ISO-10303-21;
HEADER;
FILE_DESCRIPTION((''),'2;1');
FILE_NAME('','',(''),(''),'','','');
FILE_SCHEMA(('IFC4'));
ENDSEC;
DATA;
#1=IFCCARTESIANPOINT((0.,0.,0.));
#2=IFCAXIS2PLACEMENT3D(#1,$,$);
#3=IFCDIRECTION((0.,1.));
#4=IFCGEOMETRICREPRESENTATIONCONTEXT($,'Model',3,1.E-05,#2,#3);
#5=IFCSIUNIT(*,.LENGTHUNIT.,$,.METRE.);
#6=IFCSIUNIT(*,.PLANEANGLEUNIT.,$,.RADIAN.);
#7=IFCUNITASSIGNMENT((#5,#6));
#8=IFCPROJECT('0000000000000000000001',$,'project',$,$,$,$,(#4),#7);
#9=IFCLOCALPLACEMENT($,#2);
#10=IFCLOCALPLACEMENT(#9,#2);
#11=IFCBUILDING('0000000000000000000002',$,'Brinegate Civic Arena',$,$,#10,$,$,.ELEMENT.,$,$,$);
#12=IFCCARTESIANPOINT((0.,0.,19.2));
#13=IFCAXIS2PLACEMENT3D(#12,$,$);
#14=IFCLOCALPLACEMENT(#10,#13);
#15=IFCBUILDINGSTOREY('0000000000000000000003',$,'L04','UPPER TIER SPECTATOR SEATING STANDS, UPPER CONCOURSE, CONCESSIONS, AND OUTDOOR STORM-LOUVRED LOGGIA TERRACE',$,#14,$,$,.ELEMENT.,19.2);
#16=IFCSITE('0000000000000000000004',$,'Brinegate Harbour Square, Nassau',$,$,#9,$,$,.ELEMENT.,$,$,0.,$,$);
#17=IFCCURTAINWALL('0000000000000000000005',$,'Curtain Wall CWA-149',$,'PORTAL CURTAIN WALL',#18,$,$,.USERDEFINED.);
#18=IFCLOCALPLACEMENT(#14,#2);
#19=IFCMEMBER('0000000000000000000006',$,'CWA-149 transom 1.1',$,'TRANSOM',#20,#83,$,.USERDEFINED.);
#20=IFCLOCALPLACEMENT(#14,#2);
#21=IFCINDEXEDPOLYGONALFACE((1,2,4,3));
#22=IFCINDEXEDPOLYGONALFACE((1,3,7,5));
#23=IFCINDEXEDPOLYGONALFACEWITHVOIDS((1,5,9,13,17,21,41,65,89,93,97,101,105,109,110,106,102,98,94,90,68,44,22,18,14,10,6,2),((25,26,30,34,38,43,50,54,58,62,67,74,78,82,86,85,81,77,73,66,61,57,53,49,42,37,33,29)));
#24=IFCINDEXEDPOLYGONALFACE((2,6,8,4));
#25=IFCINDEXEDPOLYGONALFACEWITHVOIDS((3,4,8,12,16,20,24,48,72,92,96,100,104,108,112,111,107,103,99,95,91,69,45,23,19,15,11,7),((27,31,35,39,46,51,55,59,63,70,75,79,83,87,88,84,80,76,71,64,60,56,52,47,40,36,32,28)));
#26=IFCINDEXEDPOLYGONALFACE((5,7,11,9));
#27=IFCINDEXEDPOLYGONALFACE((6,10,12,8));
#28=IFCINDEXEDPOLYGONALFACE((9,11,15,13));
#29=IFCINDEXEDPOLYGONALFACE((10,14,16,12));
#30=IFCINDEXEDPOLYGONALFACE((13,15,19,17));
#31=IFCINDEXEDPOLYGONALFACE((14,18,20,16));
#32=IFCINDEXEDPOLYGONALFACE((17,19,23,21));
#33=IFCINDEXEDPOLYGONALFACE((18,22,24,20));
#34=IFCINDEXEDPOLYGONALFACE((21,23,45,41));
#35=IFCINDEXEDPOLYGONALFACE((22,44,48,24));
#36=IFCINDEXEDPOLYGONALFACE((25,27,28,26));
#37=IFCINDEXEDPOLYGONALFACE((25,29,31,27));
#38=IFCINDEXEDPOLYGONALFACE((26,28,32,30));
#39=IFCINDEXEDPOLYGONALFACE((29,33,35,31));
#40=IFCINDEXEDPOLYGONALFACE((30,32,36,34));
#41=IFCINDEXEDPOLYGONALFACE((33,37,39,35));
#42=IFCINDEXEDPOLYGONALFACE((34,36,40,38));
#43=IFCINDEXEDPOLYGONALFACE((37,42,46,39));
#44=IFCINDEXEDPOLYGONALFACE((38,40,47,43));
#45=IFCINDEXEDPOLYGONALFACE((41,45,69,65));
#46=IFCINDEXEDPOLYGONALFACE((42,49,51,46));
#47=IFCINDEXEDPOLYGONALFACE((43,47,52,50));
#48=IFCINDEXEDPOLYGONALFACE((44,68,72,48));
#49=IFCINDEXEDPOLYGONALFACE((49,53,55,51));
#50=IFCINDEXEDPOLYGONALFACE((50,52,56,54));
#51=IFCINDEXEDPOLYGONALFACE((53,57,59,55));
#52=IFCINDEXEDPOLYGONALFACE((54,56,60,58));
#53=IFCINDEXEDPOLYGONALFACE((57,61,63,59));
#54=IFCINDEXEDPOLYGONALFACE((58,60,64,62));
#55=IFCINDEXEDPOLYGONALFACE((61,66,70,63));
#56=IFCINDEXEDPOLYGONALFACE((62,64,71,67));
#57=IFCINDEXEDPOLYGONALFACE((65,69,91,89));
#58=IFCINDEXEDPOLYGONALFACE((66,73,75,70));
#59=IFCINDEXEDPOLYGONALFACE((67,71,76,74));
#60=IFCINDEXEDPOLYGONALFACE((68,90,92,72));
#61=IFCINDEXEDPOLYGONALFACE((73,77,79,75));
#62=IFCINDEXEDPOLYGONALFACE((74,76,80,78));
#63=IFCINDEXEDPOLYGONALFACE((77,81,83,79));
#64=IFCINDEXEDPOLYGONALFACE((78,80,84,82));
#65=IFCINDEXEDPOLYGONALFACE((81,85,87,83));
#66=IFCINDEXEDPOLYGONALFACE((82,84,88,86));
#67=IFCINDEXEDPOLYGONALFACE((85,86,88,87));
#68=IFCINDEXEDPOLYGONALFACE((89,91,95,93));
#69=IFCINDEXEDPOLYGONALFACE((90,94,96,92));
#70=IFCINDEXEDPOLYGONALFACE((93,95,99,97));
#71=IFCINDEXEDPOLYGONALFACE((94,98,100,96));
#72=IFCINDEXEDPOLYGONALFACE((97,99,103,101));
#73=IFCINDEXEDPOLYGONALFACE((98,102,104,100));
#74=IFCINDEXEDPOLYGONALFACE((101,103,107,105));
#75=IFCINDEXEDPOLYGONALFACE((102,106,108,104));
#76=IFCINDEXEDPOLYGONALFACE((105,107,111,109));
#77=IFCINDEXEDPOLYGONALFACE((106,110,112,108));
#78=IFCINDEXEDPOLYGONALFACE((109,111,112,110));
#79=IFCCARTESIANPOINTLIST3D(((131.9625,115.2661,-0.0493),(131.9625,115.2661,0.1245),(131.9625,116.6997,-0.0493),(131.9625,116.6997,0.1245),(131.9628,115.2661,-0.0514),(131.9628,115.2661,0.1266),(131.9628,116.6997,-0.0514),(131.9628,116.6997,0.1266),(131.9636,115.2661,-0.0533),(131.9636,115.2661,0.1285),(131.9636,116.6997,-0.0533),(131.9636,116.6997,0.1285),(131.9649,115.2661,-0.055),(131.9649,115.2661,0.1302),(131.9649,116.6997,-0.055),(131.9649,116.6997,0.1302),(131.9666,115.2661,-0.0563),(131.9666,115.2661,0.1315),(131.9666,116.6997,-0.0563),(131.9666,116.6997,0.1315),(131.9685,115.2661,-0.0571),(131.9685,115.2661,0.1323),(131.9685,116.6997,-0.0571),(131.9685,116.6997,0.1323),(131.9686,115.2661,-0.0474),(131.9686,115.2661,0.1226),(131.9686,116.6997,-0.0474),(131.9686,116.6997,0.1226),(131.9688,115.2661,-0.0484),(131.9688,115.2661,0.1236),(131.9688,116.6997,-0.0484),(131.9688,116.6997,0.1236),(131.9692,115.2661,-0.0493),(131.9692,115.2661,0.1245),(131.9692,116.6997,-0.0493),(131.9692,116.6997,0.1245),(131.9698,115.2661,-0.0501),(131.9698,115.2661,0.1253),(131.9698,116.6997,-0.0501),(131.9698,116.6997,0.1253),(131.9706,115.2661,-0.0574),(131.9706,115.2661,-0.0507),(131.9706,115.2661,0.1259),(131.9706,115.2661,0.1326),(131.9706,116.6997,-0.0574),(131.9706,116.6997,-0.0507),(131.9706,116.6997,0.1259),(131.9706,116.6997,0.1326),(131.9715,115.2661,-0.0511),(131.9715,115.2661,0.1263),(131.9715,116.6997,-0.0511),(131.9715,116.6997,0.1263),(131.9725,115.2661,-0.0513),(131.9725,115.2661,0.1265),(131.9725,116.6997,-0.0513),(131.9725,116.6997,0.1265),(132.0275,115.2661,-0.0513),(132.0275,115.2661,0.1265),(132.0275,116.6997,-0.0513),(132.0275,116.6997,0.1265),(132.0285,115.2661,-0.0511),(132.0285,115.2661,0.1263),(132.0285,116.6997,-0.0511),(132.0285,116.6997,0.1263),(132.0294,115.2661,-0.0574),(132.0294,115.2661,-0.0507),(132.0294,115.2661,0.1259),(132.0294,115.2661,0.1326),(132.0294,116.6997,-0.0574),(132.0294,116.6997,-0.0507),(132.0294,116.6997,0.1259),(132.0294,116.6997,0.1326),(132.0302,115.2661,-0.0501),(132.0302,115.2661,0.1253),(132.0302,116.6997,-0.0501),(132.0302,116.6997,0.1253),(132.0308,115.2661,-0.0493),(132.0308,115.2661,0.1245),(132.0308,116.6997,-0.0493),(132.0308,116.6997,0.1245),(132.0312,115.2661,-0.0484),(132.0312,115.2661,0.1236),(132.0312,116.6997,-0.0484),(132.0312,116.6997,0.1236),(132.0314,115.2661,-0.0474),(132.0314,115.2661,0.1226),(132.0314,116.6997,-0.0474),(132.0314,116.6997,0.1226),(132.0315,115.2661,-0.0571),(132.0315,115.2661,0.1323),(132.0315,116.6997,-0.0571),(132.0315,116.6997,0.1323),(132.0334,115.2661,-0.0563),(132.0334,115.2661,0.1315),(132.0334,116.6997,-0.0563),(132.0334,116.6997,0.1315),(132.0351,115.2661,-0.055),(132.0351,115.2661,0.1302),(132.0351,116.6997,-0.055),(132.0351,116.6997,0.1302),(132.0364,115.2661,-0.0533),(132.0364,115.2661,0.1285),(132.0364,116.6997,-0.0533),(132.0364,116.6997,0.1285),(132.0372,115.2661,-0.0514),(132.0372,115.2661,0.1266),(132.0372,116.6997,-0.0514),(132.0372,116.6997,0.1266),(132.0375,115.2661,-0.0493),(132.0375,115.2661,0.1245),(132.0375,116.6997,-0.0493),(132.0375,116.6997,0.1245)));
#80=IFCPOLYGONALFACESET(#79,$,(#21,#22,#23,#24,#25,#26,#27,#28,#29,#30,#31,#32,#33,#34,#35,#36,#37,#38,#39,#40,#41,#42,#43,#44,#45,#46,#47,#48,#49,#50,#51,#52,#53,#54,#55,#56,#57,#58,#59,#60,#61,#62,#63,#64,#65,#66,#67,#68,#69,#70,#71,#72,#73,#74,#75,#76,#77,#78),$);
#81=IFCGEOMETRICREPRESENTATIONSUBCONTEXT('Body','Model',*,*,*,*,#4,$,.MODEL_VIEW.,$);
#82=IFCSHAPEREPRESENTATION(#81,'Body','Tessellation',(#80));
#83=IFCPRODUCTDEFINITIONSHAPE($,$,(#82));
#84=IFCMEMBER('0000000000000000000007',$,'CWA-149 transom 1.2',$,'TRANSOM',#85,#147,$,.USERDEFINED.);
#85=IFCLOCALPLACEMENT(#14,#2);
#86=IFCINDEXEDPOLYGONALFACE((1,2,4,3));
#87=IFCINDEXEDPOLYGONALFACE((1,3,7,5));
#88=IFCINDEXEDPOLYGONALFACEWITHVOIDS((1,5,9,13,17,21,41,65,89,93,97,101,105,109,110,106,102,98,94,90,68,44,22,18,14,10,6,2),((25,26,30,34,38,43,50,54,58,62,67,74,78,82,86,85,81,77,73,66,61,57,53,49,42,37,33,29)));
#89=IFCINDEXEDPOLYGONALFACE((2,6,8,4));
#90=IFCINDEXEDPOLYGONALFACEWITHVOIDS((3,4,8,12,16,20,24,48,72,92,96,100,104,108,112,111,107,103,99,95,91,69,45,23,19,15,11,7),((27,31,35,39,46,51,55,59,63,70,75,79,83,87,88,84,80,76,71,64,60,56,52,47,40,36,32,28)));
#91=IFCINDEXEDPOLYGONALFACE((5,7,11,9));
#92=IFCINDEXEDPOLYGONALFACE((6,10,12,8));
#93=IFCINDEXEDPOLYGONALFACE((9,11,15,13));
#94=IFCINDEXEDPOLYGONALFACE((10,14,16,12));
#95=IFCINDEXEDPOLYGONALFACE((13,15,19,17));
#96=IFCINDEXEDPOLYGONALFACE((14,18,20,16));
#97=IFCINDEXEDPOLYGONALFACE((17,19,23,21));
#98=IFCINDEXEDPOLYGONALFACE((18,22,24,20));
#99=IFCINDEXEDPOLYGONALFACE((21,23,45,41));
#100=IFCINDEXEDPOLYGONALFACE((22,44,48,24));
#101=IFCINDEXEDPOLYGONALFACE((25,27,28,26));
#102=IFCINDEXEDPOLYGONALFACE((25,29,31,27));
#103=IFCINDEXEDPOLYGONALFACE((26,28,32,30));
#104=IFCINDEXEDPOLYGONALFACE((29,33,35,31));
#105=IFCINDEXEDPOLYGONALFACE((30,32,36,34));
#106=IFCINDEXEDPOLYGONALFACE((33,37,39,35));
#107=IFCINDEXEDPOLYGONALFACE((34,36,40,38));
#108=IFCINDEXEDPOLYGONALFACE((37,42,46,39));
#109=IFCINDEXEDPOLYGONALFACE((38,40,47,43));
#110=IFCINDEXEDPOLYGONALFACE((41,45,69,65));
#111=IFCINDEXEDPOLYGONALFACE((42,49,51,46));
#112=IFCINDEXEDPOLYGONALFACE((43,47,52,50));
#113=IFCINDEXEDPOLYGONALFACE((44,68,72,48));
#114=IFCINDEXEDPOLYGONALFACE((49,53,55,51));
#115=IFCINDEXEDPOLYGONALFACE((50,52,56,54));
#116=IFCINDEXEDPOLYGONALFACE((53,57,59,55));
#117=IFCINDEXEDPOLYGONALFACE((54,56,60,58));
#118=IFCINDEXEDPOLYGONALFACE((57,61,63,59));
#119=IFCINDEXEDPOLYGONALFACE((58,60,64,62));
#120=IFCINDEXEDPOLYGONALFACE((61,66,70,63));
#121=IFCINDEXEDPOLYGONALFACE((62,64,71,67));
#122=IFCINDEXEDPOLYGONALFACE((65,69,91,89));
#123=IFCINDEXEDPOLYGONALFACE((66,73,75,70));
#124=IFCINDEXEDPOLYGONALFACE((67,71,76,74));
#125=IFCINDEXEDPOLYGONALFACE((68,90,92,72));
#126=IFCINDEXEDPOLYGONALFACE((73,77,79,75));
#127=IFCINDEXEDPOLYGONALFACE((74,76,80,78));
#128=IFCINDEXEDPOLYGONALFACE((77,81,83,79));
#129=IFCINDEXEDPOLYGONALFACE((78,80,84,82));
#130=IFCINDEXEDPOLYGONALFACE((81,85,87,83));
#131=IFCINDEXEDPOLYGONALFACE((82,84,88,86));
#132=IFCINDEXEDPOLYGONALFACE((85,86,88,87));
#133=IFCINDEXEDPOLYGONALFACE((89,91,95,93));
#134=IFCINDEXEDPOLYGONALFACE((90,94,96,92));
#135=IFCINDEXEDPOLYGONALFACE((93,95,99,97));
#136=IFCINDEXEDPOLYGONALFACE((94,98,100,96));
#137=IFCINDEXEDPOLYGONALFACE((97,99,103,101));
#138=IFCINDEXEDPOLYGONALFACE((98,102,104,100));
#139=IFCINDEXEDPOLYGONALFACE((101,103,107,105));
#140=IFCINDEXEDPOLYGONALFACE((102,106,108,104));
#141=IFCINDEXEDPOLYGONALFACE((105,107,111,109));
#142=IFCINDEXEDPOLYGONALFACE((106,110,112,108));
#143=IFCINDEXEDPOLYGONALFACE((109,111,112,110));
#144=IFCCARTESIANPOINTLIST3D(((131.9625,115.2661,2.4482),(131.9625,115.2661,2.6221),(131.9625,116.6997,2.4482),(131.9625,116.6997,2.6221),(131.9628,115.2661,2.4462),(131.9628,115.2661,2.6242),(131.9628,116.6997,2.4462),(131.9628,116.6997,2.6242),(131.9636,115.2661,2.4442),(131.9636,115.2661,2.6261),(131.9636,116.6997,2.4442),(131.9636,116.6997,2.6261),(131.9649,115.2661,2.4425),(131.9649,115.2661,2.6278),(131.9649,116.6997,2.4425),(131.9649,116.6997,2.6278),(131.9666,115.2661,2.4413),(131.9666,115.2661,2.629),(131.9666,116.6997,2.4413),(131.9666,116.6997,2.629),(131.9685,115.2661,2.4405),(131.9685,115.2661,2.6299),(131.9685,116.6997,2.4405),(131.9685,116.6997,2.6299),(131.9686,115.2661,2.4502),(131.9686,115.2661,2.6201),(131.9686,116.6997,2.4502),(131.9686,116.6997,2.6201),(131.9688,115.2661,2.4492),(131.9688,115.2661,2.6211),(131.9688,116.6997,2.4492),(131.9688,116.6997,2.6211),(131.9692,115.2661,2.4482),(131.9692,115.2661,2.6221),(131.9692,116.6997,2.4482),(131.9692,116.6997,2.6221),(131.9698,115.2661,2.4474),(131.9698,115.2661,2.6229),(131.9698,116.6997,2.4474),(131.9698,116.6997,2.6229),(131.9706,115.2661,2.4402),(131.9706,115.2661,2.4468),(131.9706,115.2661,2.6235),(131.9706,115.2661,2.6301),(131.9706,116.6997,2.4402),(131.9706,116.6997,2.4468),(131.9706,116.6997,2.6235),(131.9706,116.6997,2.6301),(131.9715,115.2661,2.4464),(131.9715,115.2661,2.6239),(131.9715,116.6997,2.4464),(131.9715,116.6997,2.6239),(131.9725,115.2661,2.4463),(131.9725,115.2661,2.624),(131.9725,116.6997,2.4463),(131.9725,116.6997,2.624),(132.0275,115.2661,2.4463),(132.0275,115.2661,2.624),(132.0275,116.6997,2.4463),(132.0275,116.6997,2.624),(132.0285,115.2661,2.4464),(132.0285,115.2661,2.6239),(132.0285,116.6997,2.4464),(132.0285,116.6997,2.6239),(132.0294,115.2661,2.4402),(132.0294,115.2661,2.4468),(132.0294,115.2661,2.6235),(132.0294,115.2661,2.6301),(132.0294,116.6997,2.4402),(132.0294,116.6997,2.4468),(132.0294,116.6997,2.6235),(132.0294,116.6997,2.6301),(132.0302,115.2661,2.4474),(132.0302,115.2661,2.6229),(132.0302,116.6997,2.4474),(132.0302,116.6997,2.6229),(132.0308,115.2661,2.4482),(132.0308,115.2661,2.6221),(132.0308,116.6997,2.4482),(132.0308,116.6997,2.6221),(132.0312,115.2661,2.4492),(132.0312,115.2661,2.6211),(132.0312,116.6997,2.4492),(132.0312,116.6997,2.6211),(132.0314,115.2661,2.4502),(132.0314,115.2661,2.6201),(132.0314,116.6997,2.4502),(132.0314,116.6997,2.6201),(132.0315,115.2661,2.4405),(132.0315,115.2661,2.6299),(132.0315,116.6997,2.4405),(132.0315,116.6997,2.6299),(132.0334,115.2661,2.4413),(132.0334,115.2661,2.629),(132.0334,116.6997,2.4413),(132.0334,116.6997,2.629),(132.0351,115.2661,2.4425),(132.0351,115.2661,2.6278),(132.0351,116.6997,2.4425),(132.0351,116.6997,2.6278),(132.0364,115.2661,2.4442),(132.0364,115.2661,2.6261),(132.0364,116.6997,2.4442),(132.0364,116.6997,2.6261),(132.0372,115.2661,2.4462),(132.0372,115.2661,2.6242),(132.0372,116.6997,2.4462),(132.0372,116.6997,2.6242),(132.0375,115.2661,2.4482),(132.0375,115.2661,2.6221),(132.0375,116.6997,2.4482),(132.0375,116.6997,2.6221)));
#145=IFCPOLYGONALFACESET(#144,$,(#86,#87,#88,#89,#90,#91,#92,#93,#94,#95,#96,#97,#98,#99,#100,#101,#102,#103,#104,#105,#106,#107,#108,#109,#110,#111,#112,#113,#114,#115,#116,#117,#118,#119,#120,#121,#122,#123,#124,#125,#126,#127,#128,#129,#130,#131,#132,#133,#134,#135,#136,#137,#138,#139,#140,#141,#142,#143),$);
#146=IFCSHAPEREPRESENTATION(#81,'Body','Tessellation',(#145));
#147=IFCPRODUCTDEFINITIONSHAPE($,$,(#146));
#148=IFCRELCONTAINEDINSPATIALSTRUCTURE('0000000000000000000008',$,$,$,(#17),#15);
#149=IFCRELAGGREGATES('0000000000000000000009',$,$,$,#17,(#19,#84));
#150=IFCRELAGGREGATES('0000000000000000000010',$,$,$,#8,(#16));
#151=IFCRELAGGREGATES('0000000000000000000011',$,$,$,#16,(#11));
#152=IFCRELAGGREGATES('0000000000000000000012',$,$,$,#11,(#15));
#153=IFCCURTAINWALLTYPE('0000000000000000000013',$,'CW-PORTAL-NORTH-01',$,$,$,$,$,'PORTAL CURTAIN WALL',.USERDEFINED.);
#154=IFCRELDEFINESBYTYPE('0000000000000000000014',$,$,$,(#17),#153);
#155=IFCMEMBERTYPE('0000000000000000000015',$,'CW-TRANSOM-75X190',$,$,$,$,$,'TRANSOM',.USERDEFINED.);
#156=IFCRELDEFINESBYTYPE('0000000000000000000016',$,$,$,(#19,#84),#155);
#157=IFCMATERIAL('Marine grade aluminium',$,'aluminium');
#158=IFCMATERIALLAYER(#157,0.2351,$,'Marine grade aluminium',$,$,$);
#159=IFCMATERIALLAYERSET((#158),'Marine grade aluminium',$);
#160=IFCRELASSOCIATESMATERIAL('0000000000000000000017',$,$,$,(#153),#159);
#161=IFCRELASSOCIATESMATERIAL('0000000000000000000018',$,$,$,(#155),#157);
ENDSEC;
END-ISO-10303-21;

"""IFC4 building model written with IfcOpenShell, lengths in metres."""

from ifc_helpers import new_model, si_unit, direction, frame, origin, origin_2d, place, context, subcontext, project, spatial, hollow_rectangle, extrude, material, layer, layer_set, material_profile, profile_set, type_object, element, aggregate, save


model = new_model("IFC4")

# Units and contexts
model_context = context("Model", 3, precision=1e-05, world=origin(), true_north=direction((0.0, 1.0)))
body_context = subcontext(model_context, "Body", "Model", "MODEL_VIEW")
ifc_project = project(units=[si_unit("LENGTHUNIT", "METRE"), si_unit("PLANEANGLEUNIT", "RADIAN")], contexts=[model_context])

# Site, building, storey
site_placement = place(None, origin())
site = spatial("IfcSite", under=ifc_project, at=site_placement, Name="Brinegate Harbour Square, Nassau", CompositionType="ELEMENT", RefElevation=0.0)
building_placement = place(site_placement, origin())
building = spatial("IfcBuilding", under=site, at=building_placement, Name="Brinegate Civic Arena", CompositionType="ELEMENT")
storey_placement = place(building_placement, frame((0.0, 0.0, 19.2)))
storey = spatial("IfcBuildingStorey", under=building, at=storey_placement, Name="L04", Description="UPPER TIER SPECTATOR SEATING STANDS, UPPER CONCOURSE, CONCESSIONS, AND OUTDOOR STORM-LOUVRED LOGGIA TERRACE", CompositionType="ELEMENT", Elevation=19.2)

# Curtain wall, members
ifc_material_1 = material(Name="Marine grade aluminium", Category="aluminium")
ifc_layer_1 = layer(ifc_material_1, 0.2351, Name="Marine grade aluminium")
ifc_layer_set_1 = layer_set([ifc_layer_1], Name="Marine grade aluminium")
curtain_wall_type = type_object("IfcCurtainWallType", Name="CW-PORTAL-NORTH-01", ElementType="PORTAL CURTAIN WALL", PredefinedType="USERDEFINED", material=ifc_layer_set_1)
curtain_wall_placement = place(storey_placement, origin())
curtain_wall = element("IfcCurtainWall", 1, at=curtain_wall_placement, inside=storey, type_object=curtain_wall_type, Name="Curtain Wall CWA-149", ObjectType="PORTAL CURTAIN WALL", PredefinedType="USERDEFINED")
ifc_material_profile_1 = material_profile(ifc_material_1, hollow_rectangle(XDim=0.075, YDim=0.1899, WallThickness=0.0061, InnerFilletRadius=0.0039, OuterFilletRadius=0.0081, at=origin_2d()), Name="TRN75X190")
ifc_profile_set_1 = profile_set([ifc_material_profile_1], Name="Marine grade aluminium")
member_type_1 = type_object("IfcMemberType", Name="CW-TRANSOM-75X190", ElementType="TRANSOM", PredefinedType="USERDEFINED", material=ifc_profile_set_1)
member_1_placement = place(storey_placement, frame((132.0, 115.2661, 0.0376), z_axis=(0.0, 1.0, 0.0), x_axis=(-1.0, 0.0, 0.0)))
member_1 = element("IfcMember", 2, at=member_1_placement, type_object=member_type_1, Name="CWA-149 transom 1.1", ObjectType="TRANSOM", PredefinedType="USERDEFINED", context=body_context, shape_type="SweptSolid", body=[
    extrude(hollow_rectangle(XDim=0.075, YDim=0.1899, WallThickness=0.0061, InnerFilletRadius=0.0039, OuterFilletRadius=0.0081, at=origin_2d()), origin(), (0.0, 0.0, 1.0), 1.4336),
])
member_2_placement = place(storey_placement, frame((132.0, 115.2661, 2.5352), z_axis=(0.0, 1.0, 0.0), x_axis=(-1.0, 0.0, 0.0)))
member_2 = element("IfcMember", 3, at=member_2_placement, type_object=member_type_1, Name="CWA-149 transom 1.2", ObjectType="TRANSOM", PredefinedType="USERDEFINED", context=body_context, shape_type="SweptSolid", body=[
    extrude(hollow_rectangle(XDim=0.075, YDim=0.1899, WallThickness=0.0061, InnerFilletRadius=0.0039, OuterFilletRadius=0.0081, at=origin_2d()), origin(), (0.0, 0.0, 1.0), 1.4336),
])

aggregate(curtain_wall, [member_1, member_2])

save(model, "model.ifc")
